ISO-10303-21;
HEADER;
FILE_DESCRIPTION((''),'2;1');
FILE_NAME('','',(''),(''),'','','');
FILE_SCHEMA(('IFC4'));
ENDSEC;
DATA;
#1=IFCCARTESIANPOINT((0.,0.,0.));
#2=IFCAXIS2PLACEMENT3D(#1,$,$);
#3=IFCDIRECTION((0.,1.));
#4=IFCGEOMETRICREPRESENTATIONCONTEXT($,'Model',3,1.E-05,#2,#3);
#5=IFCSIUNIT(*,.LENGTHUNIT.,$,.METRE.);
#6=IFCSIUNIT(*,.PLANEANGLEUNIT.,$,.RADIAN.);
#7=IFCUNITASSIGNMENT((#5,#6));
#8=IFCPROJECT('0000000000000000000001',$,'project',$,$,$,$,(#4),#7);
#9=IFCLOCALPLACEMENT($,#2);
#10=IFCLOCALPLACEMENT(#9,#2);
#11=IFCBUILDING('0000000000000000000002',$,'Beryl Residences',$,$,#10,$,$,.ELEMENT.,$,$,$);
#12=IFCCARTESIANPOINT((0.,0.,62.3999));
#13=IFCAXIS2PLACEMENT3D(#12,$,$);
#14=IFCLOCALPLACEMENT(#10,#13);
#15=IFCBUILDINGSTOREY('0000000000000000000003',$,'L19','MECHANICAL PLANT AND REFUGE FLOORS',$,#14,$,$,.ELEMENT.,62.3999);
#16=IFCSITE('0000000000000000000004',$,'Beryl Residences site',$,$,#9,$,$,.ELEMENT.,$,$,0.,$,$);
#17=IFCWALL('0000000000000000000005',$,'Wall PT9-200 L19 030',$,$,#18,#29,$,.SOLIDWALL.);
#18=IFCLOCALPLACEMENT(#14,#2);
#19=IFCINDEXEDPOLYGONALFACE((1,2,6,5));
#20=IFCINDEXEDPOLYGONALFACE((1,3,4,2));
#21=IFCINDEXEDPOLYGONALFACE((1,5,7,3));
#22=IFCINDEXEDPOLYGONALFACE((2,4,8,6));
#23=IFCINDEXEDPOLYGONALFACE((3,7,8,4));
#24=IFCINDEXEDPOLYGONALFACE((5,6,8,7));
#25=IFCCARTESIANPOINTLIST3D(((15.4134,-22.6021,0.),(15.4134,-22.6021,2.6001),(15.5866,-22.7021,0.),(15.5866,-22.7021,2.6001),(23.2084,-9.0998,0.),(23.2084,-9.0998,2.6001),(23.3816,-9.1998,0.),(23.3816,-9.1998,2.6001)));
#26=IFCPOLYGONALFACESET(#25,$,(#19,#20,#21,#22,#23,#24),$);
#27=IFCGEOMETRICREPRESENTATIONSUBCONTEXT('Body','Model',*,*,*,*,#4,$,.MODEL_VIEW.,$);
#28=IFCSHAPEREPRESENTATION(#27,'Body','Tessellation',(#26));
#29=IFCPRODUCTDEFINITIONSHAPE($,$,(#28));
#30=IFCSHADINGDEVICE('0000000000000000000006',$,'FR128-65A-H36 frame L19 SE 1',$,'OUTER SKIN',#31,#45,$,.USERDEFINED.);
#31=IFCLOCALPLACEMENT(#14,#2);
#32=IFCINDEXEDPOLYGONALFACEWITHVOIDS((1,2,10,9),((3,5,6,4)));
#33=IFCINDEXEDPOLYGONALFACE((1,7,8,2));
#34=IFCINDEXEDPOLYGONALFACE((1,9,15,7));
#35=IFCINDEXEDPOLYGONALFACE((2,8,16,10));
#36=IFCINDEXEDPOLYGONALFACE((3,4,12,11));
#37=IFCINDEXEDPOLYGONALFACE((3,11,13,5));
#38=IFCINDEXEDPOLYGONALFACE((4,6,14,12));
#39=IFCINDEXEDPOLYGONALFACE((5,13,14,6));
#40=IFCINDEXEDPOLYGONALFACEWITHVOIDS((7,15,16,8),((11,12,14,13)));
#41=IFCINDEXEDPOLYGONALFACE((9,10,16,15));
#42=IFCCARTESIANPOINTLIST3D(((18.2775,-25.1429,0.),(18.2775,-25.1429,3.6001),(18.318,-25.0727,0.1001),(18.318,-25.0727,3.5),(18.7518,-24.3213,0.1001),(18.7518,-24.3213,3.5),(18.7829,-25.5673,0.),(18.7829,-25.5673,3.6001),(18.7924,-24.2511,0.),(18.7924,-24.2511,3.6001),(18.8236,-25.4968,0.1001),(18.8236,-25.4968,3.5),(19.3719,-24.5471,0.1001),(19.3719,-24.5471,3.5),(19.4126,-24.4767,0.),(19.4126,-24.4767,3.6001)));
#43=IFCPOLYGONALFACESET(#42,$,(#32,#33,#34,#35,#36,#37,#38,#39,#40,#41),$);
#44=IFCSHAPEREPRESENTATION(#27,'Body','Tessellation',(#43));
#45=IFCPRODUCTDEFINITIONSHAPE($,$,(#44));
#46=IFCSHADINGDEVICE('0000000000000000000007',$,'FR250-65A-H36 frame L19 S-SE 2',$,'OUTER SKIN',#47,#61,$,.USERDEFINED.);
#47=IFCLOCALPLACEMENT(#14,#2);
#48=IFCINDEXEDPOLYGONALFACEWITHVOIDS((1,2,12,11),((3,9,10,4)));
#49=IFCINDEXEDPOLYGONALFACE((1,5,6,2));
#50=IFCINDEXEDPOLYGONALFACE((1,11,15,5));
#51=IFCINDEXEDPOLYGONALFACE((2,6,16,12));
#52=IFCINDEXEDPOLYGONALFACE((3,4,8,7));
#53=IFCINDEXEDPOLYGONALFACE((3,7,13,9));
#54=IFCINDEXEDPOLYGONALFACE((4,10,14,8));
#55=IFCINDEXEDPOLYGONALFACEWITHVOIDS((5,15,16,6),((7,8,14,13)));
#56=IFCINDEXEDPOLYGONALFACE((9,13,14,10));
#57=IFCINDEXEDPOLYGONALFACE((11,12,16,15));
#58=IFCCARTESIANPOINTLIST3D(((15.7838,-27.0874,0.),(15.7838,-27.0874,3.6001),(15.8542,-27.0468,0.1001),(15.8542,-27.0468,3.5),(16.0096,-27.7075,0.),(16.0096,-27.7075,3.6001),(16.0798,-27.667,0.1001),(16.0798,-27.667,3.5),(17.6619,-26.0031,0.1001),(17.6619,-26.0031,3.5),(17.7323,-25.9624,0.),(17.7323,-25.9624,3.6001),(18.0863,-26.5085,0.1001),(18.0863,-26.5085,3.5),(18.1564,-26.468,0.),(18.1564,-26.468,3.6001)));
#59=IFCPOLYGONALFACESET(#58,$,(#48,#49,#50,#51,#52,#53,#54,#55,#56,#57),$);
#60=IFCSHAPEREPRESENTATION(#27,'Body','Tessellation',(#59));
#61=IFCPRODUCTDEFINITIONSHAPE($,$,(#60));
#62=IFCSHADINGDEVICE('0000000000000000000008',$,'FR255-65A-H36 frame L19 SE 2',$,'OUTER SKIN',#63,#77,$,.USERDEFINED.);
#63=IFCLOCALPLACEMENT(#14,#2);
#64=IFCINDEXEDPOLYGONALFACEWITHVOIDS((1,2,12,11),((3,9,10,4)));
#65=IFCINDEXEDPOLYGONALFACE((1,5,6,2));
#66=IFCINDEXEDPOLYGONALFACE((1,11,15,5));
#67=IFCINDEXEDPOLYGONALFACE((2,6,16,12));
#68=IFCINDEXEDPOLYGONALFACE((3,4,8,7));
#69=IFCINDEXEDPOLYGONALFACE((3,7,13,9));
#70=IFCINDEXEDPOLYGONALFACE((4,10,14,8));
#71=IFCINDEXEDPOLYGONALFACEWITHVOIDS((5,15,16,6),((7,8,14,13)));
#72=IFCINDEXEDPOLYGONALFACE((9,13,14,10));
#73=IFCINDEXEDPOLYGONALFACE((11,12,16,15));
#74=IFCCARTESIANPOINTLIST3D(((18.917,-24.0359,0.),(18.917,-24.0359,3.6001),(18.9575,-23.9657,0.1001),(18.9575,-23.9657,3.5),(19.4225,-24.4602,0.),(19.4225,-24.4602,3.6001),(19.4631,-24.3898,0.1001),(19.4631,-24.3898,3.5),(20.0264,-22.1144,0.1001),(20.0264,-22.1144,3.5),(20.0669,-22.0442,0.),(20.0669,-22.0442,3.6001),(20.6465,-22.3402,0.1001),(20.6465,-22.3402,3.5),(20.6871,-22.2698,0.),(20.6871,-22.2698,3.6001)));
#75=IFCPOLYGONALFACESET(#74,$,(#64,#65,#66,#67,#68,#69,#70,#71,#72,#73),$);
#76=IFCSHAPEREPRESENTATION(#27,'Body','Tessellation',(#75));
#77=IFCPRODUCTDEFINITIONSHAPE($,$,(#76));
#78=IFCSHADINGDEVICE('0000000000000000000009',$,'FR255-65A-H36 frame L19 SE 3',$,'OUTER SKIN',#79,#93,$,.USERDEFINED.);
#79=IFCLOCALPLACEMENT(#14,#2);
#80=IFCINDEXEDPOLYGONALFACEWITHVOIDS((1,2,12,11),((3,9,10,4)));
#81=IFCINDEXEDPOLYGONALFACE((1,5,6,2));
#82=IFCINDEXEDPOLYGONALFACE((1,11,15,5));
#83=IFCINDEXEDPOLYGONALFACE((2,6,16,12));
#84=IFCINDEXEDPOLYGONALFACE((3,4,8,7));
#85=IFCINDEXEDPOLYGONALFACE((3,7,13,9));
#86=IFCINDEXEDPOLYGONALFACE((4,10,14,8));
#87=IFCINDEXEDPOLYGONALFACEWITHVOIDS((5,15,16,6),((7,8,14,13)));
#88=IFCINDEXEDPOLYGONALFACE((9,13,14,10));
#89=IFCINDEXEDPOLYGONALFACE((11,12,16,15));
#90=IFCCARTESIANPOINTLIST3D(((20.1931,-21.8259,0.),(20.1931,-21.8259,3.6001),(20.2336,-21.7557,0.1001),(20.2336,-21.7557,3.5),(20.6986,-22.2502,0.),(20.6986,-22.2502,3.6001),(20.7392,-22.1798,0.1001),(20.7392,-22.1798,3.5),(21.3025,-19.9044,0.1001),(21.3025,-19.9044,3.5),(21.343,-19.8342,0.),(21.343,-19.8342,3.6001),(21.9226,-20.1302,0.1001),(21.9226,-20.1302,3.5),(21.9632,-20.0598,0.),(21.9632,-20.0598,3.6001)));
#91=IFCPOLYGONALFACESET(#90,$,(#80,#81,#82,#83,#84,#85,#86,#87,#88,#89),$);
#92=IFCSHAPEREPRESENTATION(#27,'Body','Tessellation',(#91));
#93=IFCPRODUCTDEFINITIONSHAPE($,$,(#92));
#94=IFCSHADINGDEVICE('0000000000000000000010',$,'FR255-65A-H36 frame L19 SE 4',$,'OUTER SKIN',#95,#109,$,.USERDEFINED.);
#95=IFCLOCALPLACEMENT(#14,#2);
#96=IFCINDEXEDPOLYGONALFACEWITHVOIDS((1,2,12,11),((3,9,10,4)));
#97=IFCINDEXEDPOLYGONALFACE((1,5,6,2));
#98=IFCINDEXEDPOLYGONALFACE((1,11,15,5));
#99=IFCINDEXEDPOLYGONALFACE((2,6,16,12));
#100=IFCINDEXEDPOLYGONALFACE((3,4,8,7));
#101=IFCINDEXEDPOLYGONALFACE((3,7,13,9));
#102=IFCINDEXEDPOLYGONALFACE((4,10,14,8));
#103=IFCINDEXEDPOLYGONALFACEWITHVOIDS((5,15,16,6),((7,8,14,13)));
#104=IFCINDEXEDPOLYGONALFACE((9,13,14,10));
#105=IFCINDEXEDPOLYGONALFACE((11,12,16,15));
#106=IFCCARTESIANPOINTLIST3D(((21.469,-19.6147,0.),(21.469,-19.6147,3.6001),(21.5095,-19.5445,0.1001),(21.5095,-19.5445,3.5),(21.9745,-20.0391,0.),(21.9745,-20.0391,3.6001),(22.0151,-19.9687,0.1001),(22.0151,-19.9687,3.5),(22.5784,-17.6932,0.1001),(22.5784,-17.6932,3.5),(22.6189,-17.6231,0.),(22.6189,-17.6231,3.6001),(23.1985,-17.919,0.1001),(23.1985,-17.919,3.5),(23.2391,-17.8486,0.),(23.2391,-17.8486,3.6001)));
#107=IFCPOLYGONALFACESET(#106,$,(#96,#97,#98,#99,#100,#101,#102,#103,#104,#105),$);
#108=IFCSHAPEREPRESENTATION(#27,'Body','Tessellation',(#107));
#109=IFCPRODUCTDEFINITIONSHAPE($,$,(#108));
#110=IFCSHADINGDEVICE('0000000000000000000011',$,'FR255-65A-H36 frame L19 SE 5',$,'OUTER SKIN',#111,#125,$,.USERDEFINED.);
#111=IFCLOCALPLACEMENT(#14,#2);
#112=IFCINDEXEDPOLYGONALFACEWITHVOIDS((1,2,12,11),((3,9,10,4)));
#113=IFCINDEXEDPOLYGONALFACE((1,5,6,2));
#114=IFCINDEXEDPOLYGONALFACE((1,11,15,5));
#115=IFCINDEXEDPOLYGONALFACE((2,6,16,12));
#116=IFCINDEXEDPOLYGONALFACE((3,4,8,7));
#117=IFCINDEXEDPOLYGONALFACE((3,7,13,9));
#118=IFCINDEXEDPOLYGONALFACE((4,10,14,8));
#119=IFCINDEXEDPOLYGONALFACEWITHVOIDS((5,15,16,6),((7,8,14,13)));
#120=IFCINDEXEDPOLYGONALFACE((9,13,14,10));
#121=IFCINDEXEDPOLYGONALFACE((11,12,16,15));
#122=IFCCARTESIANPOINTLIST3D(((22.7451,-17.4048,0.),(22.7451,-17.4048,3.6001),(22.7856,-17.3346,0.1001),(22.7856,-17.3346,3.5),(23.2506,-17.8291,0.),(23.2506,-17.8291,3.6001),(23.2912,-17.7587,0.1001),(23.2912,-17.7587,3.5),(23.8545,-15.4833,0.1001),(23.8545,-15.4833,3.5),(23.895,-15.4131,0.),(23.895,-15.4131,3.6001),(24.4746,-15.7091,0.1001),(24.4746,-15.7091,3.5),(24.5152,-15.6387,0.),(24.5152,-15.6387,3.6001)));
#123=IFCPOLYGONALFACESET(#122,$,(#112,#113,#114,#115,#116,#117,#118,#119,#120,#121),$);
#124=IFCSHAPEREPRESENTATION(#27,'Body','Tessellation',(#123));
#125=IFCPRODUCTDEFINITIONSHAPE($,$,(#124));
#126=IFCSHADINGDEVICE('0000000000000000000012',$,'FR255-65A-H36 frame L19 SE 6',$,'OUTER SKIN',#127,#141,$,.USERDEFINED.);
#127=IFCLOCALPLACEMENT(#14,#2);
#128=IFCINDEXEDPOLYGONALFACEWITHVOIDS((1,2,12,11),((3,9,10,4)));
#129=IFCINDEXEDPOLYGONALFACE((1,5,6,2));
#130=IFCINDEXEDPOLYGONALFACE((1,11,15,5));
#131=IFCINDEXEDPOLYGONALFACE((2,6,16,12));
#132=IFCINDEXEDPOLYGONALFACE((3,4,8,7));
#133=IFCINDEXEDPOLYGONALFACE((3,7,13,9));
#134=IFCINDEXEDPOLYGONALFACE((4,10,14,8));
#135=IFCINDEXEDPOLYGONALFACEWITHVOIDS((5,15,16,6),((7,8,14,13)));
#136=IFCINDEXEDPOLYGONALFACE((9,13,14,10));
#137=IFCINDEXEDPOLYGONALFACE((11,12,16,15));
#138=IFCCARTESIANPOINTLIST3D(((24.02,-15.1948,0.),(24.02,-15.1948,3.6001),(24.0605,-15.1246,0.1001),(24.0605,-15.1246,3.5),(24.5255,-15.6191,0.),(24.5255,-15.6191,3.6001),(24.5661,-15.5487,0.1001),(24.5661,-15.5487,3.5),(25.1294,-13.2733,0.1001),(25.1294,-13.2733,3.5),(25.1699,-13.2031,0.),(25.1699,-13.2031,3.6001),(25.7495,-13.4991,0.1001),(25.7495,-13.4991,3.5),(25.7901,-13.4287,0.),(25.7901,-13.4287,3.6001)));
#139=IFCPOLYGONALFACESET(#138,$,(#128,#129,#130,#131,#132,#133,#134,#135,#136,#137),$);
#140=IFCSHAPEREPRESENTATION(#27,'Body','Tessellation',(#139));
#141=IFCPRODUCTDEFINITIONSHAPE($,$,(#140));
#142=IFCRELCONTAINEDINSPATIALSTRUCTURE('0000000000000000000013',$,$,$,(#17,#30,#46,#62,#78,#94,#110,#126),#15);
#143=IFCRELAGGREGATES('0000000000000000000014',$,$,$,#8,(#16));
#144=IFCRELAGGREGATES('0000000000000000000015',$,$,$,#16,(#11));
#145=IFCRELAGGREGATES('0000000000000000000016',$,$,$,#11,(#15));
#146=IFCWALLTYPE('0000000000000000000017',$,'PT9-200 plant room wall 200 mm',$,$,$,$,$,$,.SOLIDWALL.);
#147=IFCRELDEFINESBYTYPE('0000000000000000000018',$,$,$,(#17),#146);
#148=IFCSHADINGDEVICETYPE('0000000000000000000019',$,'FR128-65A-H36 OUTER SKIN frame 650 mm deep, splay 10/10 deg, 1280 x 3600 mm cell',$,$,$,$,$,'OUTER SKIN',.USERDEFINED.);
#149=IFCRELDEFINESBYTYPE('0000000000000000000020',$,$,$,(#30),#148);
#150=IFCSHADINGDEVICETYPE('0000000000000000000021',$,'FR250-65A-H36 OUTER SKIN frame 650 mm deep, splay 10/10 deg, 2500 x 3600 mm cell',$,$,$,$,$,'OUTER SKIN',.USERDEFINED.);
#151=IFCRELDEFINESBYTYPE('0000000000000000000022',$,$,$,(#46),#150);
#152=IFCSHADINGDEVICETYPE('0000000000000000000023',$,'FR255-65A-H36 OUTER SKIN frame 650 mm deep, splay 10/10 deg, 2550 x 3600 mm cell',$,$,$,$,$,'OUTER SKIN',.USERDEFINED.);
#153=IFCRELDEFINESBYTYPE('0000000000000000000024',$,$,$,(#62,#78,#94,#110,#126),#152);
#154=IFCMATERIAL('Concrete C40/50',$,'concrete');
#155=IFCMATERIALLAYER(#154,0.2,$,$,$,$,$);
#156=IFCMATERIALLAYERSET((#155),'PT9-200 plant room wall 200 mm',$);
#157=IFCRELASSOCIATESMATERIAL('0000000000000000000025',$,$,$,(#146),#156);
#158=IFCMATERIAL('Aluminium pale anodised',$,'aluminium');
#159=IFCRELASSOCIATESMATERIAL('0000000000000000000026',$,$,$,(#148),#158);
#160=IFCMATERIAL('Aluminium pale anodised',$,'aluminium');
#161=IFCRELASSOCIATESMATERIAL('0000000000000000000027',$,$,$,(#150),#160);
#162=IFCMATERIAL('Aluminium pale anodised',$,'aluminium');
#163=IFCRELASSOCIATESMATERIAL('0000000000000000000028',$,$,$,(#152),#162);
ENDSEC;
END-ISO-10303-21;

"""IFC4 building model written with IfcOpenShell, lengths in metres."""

from ifc_helpers import new_model, entity, si_unit, direction, frame, frame_2d, origin, place, context, subcontext, project, spatial, rectangle, extrude, source, transform, mapped, material, layer, layer_set, type_object, type_shapes, element, save


model = new_model("IFC4")

# Units and contexts
model_context = context("Model", 3, precision=1e-05, world=origin(), true_north=direction((0.0, 1.0)))
body_context = subcontext(model_context, "Body", "Model", "MODEL_VIEW")
ifc_project = project(units=[si_unit("LENGTHUNIT", "METRE"), si_unit("PLANEANGLEUNIT", "RADIAN")], contexts=[model_context])

# Site, building, storey
site_placement = place(None, origin())
site = spatial("IfcSite", under=ifc_project, at=site_placement, Name="Beryl Residences site", CompositionType="ELEMENT", RefElevation=0.0)
building_placement = place(site_placement, origin())
building = spatial("IfcBuilding", under=site, at=building_placement, Name="Beryl Residences", CompositionType="ELEMENT")
storey_placement = place(building_placement, frame((0.0, 0.0, 62.3999)))
storey = spatial("IfcBuildingStorey", under=building, at=storey_placement, Name="L19", Description="MECHANICAL PLANT AND REFUGE FLOORS", CompositionType="ELEMENT", Elevation=62.3999)

# Shared definitions
ifc_material_1 = material(Name="Concrete C40/50", Category="concrete")
ifc_layer_1 = layer(ifc_material_1, 0.2)
ifc_layer_set_1 = layer_set([ifc_layer_1], Name="PT9-200 plant room wall 200 mm")
wall_type_1 = type_object("IfcWallType", Name="PT9-200 plant room wall 200 mm", PredefinedType="SOLIDWALL", material=ifc_layer_set_1)

# Wall
wall_1_placement = place(storey_placement, frame((15.5, -22.6521, 0.0), z_axis=(0.0, 0.0, 1.0), x_axis=(0.499972, 0.866041, 0.0)))
element("IfcWall", 1, at=wall_1_placement, inside=storey, type_object=wall_type_1, Name="Wall PT9-200 L19 030", PredefinedType="SOLIDWALL", context=body_context, shape_type="SweptSolid", body=[
    extrude(rectangle(XDim=15.5908, YDim=0.2, at=frame_2d((7.7954, 0.0))), origin(), (0.0, 0.0, 1.0), 2.6001),
])

# Shading devices
ifc_material_2 = material(Name="Aluminium pale anodised", Category="aluminium")
shading_device_type_1 = type_object("IfcShadingDeviceType", Name="FR128-65A-H36 OUTER SKIN frame 650 mm deep, splay 10/10 deg, 1280 x 3600 mm cell", ElementType="OUTER SKIN", PredefinedType="USERDEFINED", material=ifc_material_2)
cartesian_point_1 = entity("IfcCartesianPoint", [-0.5149, 0.0])
cartesian_point_2 = entity("IfcCartesianPoint", [-0.4338, 0.1001])
cartesian_point_3 = entity("IfcCartesianPoint", [-0.6296, 0.0])
cartesian_point_4 = entity("IfcCartesianPoint", [-0.5483, 0.1001])
shared_shape_1 = source(origin(), body_context, "Body", "SweptSolid", [
    entity("IfcExtrudedAreaSolidTapered", entity("IfcArbitraryProfileDefWithVoids", "AREA", None, entity("IfcPolyline", [cartesian_point_1, entity("IfcCartesianPoint", [0.5149, 0.0]), entity("IfcCartesianPoint", [0.5149, 3.6001]), entity("IfcCartesianPoint", [-0.5149, 3.6001]), cartesian_point_1]), [entity("IfcPolyline", [cartesian_point_2, entity("IfcCartesianPoint", [0.4338, 0.1001]), entity("IfcCartesianPoint", [0.4338, 3.5]), entity("IfcCartesianPoint", [-0.4338, 3.5]), cartesian_point_2])]), entity("IfcAxis2Placement3D", entity("IfcCartesianPoint", [0.0, 0.0, 0.0]), entity("IfcDirection", [0.0, 1.0, 0.0]), entity("IfcDirection", [-1.0, 0.0, 0.0])), entity("IfcDirection", [0.0, 0.0, 1.0]), 0.6499, entity("IfcArbitraryProfileDefWithVoids", "AREA", None, entity("IfcPolyline", [cartesian_point_3, entity("IfcCartesianPoint", [0.6296, 0.0]), entity("IfcCartesianPoint", [0.6296, 3.6001]), entity("IfcCartesianPoint", [-0.6296, 3.6001]), cartesian_point_3]), [entity("IfcPolyline", [cartesian_point_4, entity("IfcCartesianPoint", [0.5483, 0.1001]), entity("IfcCartesianPoint", [0.5483, 3.5]), entity("IfcCartesianPoint", [-0.5483, 3.5]), cartesian_point_4])])),
])
type_shapes(shading_device_type_1, [shared_shape_1])
shading_device_1_placement = place(storey_placement, frame((18.5349, -24.697, 0.0), z_axis=(0.0, 0.0, 1.0), x_axis=(-0.5, -0.866025, 0.0)))
element("IfcShadingDevice", 2, at=shading_device_1_placement, inside=storey, type_object=shading_device_type_1, Name="FR128-65A-H36 frame L19 SE 1", ObjectType="OUTER SKIN", PredefinedType="USERDEFINED", context=body_context, shape_type="MappedRepresentation", body=[
    mapped(shared_shape_1, transform((0.0, 0.0, 0.0))),
])
ifc_material_3 = material(Name="Aluminium pale anodised", Category="aluminium")
shading_device_type_2 = type_object("IfcShadingDeviceType", Name="FR250-65A-H36 OUTER SKIN frame 650 mm deep, splay 10/10 deg, 2500 x 3600 mm cell", ElementType="OUTER SKIN", PredefinedType="USERDEFINED", material=ifc_material_3)
cartesian_point_5 = entity("IfcCartesianPoint", [-1.125, 0.0])
cartesian_point_6 = entity("IfcCartesianPoint", [-1.0437, 0.1001])
cartesian_point_7 = entity("IfcCartesianPoint", [-1.2395, 0.0])
cartesian_point_8 = entity("IfcCartesianPoint", [-1.1584, 0.1001])
shared_shape_2 = source(origin(), body_context, "Body", "SweptSolid", [
    entity("IfcExtrudedAreaSolidTapered", entity("IfcArbitraryProfileDefWithVoids", "AREA", None, entity("IfcPolyline", [cartesian_point_5, entity("IfcCartesianPoint", [1.125, 0.0]), entity("IfcCartesianPoint", [1.125, 3.6001]), entity("IfcCartesianPoint", [-1.125, 3.6001]), cartesian_point_5]), [entity("IfcPolyline", [cartesian_point_6, entity("IfcCartesianPoint", [1.0437, 0.1001]), entity("IfcCartesianPoint", [1.0437, 3.5]), entity("IfcCartesianPoint", [-1.0437, 3.5]), cartesian_point_6])]), entity("IfcAxis2Placement3D", entity("IfcCartesianPoint", [0.0, 0.0, 0.0]), entity("IfcDirection", [0.0, 1.0, 0.0]), entity("IfcDirection", [-1.0, 0.0, 0.0])), entity("IfcDirection", [0.0, 0.0, 1.0]), 0.6499, entity("IfcArbitraryProfileDefWithVoids", "AREA", None, entity("IfcPolyline", [cartesian_point_7, entity("IfcCartesianPoint", [1.2395, 0.0]), entity("IfcCartesianPoint", [1.2395, 3.6001]), entity("IfcCartesianPoint", [-1.2395, 3.6001]), cartesian_point_7]), [entity("IfcPolyline", [cartesian_point_8, entity("IfcCartesianPoint", [1.1584, 0.1001]), entity("IfcCartesianPoint", [1.1584, 3.5]), entity("IfcCartesianPoint", [-1.1584, 3.5]), cartesian_point_8])])),
])
type_shapes(shading_device_type_2, [shared_shape_2])
shading_device_2_placement = place(storey_placement, frame((16.7581, -26.5249, 0.0), z_axis=(0.0, 0.0, 1.0), x_axis=(-0.866025, -0.5, 0.0)))
element("IfcShadingDevice", 3, at=shading_device_2_placement, inside=storey, type_object=shading_device_type_2, Name="FR250-65A-H36 frame L19 S-SE 2", ObjectType="OUTER SKIN", PredefinedType="USERDEFINED", context=body_context, shape_type="MappedRepresentation", body=[
    mapped(shared_shape_2, transform((0.0, 0.0, 0.0))),
])
ifc_material_4 = material(Name="Aluminium pale anodised", Category="aluminium")
shading_device_type_3 = type_object("IfcShadingDeviceType", Name="FR255-65A-H36 OUTER SKIN frame 650 mm deep, splay 10/10 deg, 2550 x 3600 mm cell", ElementType="OUTER SKIN", PredefinedType="USERDEFINED", material=ifc_material_4)
cartesian_point_9 = entity("IfcCartesianPoint", [-1.1499, 0.0])
cartesian_point_10 = entity("IfcCartesianPoint", [-1.0688, 0.1001])
cartesian_point_11 = entity("IfcCartesianPoint", [-1.2646, 0.0])
cartesian_point_12 = entity("IfcCartesianPoint", [-1.1833, 0.1001])
shared_shape_3 = source(origin(), body_context, "Body", "SweptSolid", [
    entity("IfcExtrudedAreaSolidTapered", entity("IfcArbitraryProfileDefWithVoids", "AREA", None, entity("IfcPolyline", [cartesian_point_9, entity("IfcCartesianPoint", [1.1499, 0.0]), entity("IfcCartesianPoint", [1.1499, 3.6001]), entity("IfcCartesianPoint", [-1.1499, 3.6001]), cartesian_point_9]), [entity("IfcPolyline", [cartesian_point_10, entity("IfcCartesianPoint", [1.0688, 0.1001]), entity("IfcCartesianPoint", [1.0688, 3.5]), entity("IfcCartesianPoint", [-1.0688, 3.5]), cartesian_point_10])]), entity("IfcAxis2Placement3D", entity("IfcCartesianPoint", [0.0, 0.0, 0.0]), entity("IfcDirection", [0.0, 1.0, 0.0]), entity("IfcDirection", [-1.0, 0.0, 0.0])), entity("IfcDirection", [0.0, 0.0, 1.0]), 0.6499, entity("IfcArbitraryProfileDefWithVoids", "AREA", None, entity("IfcPolyline", [cartesian_point_11, entity("IfcCartesianPoint", [1.2646, 0.0]), entity("IfcCartesianPoint", [1.2646, 3.6001]), entity("IfcCartesianPoint", [-1.2646, 3.6001]), cartesian_point_11]), [entity("IfcPolyline", [cartesian_point_12, entity("IfcCartesianPoint", [1.1833, 0.1001]), entity("IfcCartesianPoint", [1.1833, 3.5]), entity("IfcCartesianPoint", [-1.1833, 3.5]), cartesian_point_12])])),
])
type_shapes(shading_device_type_3, [shared_shape_3])
for number, where, z_axis, x_axis, name in (
    (4, (19.4919, -23.04, 0.0), (0.0, 0.0, 1.0), (-0.5, -0.866025, 0.0), "FR255-65A-H36 frame L19 SE 2"),
    (5, (20.7681, -20.8301, 0.0), (0.0, 0.0, 1.0), (-0.5, -0.866025, 0.0), "FR255-65A-H36 frame L19 SE 3"),
    (6, (22.0439, -18.6189, 0.0), (0.0, 0.0, 1.0), (-0.5, -0.866025, 0.0), "FR255-65A-H36 frame L19 SE 4"),
    (7, (23.3201, -16.4089, 0.0), (0.0, 0.0, 1.0), (-0.5, -0.866025, 0.0), "FR255-65A-H36 frame L19 SE 5"),
    (8, (24.595, -14.199, 0.0), (0.0, 0.0, 1.0), (-0.5, -0.866025, 0.0), "FR255-65A-H36 frame L19 SE 6"),
):
    element("IfcShadingDevice", number, at=place(storey_placement, frame(where, z_axis=z_axis, x_axis=x_axis)), inside=storey, type_object=shading_device_type_3, Name=name, ObjectType="OUTER SKIN", PredefinedType="USERDEFINED", context=body_context, shape_type="MappedRepresentation", body=[
        mapped(shared_shape_3, transform((0.0, 0.0, 0.0))),
    ])

save(model, "model.ifc")
